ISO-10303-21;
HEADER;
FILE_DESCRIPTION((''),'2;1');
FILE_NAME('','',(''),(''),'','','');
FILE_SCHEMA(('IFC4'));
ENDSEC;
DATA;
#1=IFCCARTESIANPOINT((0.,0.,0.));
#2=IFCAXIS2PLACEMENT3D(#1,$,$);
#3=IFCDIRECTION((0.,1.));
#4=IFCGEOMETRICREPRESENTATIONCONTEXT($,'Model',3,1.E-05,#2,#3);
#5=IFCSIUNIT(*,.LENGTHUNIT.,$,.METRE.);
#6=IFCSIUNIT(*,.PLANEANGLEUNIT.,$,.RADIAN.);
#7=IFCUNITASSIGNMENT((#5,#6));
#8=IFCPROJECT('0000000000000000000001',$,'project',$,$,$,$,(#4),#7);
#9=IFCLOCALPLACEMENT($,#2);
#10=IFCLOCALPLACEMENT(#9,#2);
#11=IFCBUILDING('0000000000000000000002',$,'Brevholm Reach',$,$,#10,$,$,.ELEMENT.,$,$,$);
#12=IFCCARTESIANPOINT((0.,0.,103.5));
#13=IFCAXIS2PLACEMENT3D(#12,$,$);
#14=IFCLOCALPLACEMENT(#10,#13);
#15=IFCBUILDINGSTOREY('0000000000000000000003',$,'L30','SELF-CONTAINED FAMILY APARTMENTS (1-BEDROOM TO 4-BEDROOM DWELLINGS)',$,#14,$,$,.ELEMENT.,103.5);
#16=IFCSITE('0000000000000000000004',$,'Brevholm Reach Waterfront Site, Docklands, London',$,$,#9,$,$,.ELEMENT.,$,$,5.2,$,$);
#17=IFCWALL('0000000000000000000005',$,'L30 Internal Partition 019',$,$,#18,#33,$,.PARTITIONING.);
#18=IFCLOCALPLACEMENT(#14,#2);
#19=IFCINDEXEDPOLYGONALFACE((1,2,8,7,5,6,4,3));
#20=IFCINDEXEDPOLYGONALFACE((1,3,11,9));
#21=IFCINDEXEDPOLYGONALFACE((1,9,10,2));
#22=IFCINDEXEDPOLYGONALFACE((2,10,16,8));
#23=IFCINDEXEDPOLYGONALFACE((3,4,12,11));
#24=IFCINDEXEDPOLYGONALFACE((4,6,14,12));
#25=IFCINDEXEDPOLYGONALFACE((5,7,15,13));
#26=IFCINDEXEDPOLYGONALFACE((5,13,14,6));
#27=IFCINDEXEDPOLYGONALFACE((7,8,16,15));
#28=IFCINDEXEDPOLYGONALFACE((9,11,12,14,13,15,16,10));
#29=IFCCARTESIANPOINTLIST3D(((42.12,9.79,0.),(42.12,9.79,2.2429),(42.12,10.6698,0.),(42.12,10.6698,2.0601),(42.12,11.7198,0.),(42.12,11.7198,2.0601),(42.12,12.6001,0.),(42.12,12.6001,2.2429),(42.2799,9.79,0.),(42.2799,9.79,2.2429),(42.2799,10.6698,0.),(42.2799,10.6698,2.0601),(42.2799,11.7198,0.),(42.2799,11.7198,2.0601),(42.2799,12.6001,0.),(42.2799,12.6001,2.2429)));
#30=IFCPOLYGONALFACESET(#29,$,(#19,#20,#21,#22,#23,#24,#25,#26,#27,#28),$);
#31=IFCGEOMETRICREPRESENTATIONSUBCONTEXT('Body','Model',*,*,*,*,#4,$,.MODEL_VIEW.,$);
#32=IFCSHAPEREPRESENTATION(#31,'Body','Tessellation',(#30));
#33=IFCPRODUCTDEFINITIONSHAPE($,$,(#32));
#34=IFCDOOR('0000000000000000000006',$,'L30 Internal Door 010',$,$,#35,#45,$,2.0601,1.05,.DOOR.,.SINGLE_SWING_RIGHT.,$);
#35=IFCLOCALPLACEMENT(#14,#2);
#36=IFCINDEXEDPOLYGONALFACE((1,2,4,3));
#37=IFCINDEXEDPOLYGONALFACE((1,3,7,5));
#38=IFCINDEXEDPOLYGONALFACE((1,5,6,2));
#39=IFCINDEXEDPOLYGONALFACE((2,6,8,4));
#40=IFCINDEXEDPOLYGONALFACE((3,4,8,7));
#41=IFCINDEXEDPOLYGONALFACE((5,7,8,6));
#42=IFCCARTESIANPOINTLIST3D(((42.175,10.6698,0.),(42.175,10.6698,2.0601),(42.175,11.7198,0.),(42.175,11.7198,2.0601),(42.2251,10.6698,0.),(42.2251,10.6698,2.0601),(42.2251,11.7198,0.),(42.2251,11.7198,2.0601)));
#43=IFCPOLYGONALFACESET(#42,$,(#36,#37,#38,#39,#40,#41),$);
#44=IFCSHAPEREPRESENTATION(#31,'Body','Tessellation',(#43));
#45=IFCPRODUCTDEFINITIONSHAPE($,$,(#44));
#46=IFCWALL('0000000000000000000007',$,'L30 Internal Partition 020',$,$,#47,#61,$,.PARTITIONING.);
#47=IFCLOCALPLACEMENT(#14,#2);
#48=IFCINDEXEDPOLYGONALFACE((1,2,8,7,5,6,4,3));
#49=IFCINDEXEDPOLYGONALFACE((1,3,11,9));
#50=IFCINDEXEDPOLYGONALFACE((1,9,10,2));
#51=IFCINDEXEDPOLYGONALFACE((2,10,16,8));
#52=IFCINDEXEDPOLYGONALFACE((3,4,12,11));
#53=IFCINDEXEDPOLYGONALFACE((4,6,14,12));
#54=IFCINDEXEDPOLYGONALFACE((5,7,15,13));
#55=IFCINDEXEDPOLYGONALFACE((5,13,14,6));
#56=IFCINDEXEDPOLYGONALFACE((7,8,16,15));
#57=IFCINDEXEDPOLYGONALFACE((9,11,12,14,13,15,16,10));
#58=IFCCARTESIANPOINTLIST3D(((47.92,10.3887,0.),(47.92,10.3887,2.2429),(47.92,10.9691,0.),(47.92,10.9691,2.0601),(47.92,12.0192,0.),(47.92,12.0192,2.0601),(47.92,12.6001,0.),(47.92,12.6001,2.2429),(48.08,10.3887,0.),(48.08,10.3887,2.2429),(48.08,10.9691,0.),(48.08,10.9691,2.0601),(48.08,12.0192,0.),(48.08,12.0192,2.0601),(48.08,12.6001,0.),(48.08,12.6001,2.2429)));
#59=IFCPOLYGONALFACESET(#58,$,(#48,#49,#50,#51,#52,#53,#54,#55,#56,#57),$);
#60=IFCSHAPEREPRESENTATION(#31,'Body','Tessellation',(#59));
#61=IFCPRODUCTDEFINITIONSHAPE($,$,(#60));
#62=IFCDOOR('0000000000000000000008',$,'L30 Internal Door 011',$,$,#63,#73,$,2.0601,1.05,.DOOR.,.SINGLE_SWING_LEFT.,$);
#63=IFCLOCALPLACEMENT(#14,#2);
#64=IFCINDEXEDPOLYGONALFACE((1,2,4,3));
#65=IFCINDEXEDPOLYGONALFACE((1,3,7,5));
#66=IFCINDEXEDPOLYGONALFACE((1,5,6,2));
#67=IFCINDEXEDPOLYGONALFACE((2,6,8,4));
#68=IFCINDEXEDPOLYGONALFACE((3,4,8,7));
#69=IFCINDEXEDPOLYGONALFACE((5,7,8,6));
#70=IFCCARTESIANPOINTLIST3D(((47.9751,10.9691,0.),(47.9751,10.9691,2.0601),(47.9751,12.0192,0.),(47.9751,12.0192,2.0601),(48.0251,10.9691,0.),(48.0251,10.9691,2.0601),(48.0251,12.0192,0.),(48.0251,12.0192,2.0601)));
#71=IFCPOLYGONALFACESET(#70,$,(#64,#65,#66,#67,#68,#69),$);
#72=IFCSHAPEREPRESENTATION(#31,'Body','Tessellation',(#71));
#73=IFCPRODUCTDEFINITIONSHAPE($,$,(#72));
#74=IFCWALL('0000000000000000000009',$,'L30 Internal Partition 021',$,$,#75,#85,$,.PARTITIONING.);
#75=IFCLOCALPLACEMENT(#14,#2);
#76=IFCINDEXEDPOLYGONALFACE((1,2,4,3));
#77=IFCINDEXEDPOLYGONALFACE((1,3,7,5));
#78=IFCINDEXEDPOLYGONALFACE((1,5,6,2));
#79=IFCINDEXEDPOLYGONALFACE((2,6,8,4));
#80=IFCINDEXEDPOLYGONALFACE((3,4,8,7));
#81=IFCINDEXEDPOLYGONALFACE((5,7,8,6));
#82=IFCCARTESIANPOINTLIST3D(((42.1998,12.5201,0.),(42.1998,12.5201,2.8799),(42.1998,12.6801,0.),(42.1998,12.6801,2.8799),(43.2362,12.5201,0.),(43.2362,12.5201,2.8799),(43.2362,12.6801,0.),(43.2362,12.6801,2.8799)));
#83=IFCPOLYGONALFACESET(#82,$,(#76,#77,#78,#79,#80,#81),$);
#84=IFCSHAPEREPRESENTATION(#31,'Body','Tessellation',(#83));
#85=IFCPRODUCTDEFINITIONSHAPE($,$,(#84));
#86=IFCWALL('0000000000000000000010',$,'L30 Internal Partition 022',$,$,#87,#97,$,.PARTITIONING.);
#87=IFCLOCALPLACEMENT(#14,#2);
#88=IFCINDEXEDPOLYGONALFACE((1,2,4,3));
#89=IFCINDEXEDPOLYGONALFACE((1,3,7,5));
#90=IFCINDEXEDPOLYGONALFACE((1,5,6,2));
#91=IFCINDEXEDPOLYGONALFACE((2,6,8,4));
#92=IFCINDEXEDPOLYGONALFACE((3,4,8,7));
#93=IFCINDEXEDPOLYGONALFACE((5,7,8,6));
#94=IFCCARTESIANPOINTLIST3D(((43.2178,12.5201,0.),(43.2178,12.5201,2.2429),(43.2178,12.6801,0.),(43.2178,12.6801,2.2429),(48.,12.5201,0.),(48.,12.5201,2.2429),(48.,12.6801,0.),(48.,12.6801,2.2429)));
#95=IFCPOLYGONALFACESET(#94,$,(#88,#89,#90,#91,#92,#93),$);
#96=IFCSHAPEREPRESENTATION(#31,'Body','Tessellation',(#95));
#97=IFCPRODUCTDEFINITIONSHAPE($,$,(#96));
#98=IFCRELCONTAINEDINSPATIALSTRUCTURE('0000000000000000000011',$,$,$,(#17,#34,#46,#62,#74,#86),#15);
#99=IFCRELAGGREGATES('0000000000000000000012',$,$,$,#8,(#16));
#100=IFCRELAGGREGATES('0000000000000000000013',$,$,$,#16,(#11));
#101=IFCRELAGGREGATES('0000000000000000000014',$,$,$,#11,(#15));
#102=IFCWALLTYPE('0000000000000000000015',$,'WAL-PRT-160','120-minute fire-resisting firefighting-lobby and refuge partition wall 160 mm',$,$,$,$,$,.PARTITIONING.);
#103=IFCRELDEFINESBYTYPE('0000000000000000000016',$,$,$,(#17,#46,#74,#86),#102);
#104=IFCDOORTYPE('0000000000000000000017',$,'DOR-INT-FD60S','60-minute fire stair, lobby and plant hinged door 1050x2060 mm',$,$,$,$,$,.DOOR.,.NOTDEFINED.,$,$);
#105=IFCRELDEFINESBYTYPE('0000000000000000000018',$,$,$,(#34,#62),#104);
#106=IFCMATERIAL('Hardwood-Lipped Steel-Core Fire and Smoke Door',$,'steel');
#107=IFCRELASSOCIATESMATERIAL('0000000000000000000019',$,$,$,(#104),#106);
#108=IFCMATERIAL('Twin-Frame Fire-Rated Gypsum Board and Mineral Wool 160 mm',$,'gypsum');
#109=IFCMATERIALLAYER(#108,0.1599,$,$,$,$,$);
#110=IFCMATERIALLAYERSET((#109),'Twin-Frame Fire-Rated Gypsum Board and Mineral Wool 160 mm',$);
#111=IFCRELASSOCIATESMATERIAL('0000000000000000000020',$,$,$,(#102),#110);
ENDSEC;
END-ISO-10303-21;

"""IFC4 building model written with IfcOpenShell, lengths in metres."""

from ifc_helpers import new_model, si_unit, direction, frame, frame_2d, origin, place, context, subcontext, project, spatial, rectangle, extrude, material, layer, layer_set, type_object, element, fill, save


model = new_model("IFC4")

# Units and contexts
model_context = context("Model", 3, precision=1e-05, world=origin(), true_north=direction((0.0, 1.0)))
body_context = subcontext(model_context, "Body", "Model", "MODEL_VIEW")
ifc_project = project(units=[si_unit("LENGTHUNIT", "METRE"), si_unit("PLANEANGLEUNIT", "RADIAN")], contexts=[model_context])

# Site, building, storey
site_placement = place(None, origin())
site = spatial("IfcSite", under=ifc_project, at=site_placement, Name="Brevholm Reach Waterfront Site, Docklands, London", CompositionType="ELEMENT", RefElevation=5.2)
building_placement = place(site_placement, origin())
building = spatial("IfcBuilding", under=site, at=building_placement, Name="Brevholm Reach", CompositionType="ELEMENT")
storey_placement = place(building_placement, frame((0.0, 0.0, 103.5)))
storey = spatial("IfcBuildingStorey", under=building, at=storey_placement, Name="L30", Description="SELF-CONTAINED FAMILY APARTMENTS (1-BEDROOM TO 4-BEDROOM DWELLINGS)", CompositionType="ELEMENT", Elevation=103.5)

# Walls, openings, doors
ifc_material_1 = material(Name="Hardwood-Lipped Steel-Core Fire and Smoke Door", Category="steel")
door_type_1 = type_object("IfcDoorType", Name="DOR-INT-FD60S", Description="60-minute fire stair, lobby and plant hinged door 1050x2060 mm", OperationType="NOTDEFINED", PredefinedType="DOOR", material=ifc_material_1)
ifc_material_2 = material(Name="Twin-Frame Fire-Rated Gypsum Board and Mineral Wool 160 mm", Category="gypsum")
ifc_layer_1 = layer(ifc_material_2, 0.1599)
ifc_layer_set_1 = layer_set([ifc_layer_1], Name="Twin-Frame Fire-Rated Gypsum Board and Mineral Wool 160 mm")
wall_type_1 = type_object("IfcWallType", Name="WAL-PRT-160", Description="120-minute fire-resisting firefighting-lobby and refuge partition wall 160 mm", PredefinedType="PARTITIONING", material=ifc_layer_set_1)
wall_1_placement = place(storey_placement, frame((42.2, 9.79, 0.0), z_axis=(0.0, 0.0, 1.0), x_axis=(0.0, 1.0, 0.0)))
wall_1 = element("IfcWall", 1, at=wall_1_placement, inside=storey, type_object=wall_type_1, Name="L30 Internal Partition 019", PredefinedType="PARTITIONING", context=body_context, shape_type="SweptSolid", body=[
    extrude(rectangle(XDim=2.8101, YDim=0.1599, at=frame_2d((1.405, 0.0))), origin(), (0.0, 0.0, 1.0), 2.2429),
])
opening_1_placement = place(wall_1_placement, frame((0.8799, 0.0, 0.0)))
opening_1 = element("IfcOpeningElement", 2, at=opening_1_placement, cuts=wall_1, PredefinedType="OPENING", context=body_context, shape_type="SweptSolid", body=[
    extrude(rectangle(XDim=1.05, YDim=2.0601, at=frame_2d((0.5249, 1.03))), frame((0.0, 0.0898, 0.0), z_axis=(0.0, -1.0, 0.0), x_axis=(1.0, 0.0, 0.0)), (0.0, 0.0, 1.0), 0.1799),
])
door_1_placement = place(opening_1_placement, origin())
door_1 = element("IfcDoor", 3, at=door_1_placement, inside=storey, type_object=door_type_1, Name="L30 Internal Door 010", OperationType="SINGLE_SWING_RIGHT", OverallHeight=2.0601, OverallWidth=1.05, PredefinedType="DOOR", context=body_context, shape_type="SweptSolid", body=[
    extrude(rectangle(XDim=1.05, YDim=2.0601, at=frame_2d((0.5249, 1.03))), frame((0.0, 0.0249, 0.0), z_axis=(0.0, -1.0, 0.0), x_axis=(1.0, 0.0, 0.0)), (0.0, 0.0, 1.0), 0.05),
])
fill(opening_1, door_1)
wall_2_placement = place(storey_placement, frame((48.0, 10.3887, 0.0), z_axis=(0.0, 0.0, 1.0), x_axis=(0.0, 1.0, 0.0)))
wall_2 = element("IfcWall", 4, at=wall_2_placement, inside=storey, type_object=wall_type_1, Name="L30 Internal Partition 020", PredefinedType="PARTITIONING", context=body_context, shape_type="SweptSolid", body=[
    extrude(rectangle(XDim=2.2114, YDim=0.1599, at=frame_2d((1.1057, 0.0))), origin(), (0.0, 0.0, 1.0), 2.2429),
])
opening_2_placement = place(wall_2_placement, frame((0.5806, 0.0, 0.0)))
opening_2 = element("IfcOpeningElement", 5, at=opening_2_placement, cuts=wall_2, PredefinedType="OPENING", context=body_context, shape_type="SweptSolid", body=[
    extrude(rectangle(XDim=1.05, YDim=2.0601, at=frame_2d((0.5249, 1.03))), frame((0.0, 0.0898, 0.0), z_axis=(0.0, -1.0, 0.0), x_axis=(1.0, 0.0, 0.0)), (0.0, 0.0, 1.0), 0.1799),
])
door_2_placement = place(opening_2_placement, origin())
door_2 = element("IfcDoor", 6, at=door_2_placement, inside=storey, type_object=door_type_1, Name="L30 Internal Door 011", OperationType="SINGLE_SWING_LEFT", OverallHeight=2.0601, OverallWidth=1.05, PredefinedType="DOOR", context=body_context, shape_type="SweptSolid", body=[
    extrude(rectangle(XDim=1.05, YDim=2.0601, at=frame_2d((0.5249, 1.03))), frame((0.0, 0.0249, 0.0), z_axis=(0.0, -1.0, 0.0), x_axis=(1.0, 0.0, 0.0)), (0.0, 0.0, 1.0), 0.05),
])
fill(opening_2, door_2)

# Walls
wall_3_placement = place(storey_placement, frame((42.2, 12.6001, 0.0), z_axis=(0.0, 0.0, 1.0), x_axis=(1.0, 0.0, 0.0)))
element("IfcWall", 7, at=wall_3_placement, inside=storey, type_object=wall_type_1, Name="L30 Internal Partition 021", PredefinedType="PARTITIONING", context=body_context, shape_type="SweptSolid", body=[
    extrude(rectangle(XDim=1.0364, YDim=0.1599, at=frame_2d((0.5181, 0.0))), origin(), (0.0, 0.0, 1.0), 2.8799),
])
wall_4_placement = place(storey_placement, frame((43.2178, 12.6001, 0.0), z_axis=(0.0, 0.0, 1.0), x_axis=(1.0, 0.0, 0.0)))
element("IfcWall", 8, at=wall_4_placement, inside=storey, type_object=wall_type_1, Name="L30 Internal Partition 022", PredefinedType="PARTITIONING", context=body_context, shape_type="SweptSolid", body=[
    extrude(rectangle(XDim=4.7822, YDim=0.1599, at=frame_2d((2.3911, 0.0))), origin(), (0.0, 0.0, 1.0), 2.2429),
])

save(model, "model.ifc")
